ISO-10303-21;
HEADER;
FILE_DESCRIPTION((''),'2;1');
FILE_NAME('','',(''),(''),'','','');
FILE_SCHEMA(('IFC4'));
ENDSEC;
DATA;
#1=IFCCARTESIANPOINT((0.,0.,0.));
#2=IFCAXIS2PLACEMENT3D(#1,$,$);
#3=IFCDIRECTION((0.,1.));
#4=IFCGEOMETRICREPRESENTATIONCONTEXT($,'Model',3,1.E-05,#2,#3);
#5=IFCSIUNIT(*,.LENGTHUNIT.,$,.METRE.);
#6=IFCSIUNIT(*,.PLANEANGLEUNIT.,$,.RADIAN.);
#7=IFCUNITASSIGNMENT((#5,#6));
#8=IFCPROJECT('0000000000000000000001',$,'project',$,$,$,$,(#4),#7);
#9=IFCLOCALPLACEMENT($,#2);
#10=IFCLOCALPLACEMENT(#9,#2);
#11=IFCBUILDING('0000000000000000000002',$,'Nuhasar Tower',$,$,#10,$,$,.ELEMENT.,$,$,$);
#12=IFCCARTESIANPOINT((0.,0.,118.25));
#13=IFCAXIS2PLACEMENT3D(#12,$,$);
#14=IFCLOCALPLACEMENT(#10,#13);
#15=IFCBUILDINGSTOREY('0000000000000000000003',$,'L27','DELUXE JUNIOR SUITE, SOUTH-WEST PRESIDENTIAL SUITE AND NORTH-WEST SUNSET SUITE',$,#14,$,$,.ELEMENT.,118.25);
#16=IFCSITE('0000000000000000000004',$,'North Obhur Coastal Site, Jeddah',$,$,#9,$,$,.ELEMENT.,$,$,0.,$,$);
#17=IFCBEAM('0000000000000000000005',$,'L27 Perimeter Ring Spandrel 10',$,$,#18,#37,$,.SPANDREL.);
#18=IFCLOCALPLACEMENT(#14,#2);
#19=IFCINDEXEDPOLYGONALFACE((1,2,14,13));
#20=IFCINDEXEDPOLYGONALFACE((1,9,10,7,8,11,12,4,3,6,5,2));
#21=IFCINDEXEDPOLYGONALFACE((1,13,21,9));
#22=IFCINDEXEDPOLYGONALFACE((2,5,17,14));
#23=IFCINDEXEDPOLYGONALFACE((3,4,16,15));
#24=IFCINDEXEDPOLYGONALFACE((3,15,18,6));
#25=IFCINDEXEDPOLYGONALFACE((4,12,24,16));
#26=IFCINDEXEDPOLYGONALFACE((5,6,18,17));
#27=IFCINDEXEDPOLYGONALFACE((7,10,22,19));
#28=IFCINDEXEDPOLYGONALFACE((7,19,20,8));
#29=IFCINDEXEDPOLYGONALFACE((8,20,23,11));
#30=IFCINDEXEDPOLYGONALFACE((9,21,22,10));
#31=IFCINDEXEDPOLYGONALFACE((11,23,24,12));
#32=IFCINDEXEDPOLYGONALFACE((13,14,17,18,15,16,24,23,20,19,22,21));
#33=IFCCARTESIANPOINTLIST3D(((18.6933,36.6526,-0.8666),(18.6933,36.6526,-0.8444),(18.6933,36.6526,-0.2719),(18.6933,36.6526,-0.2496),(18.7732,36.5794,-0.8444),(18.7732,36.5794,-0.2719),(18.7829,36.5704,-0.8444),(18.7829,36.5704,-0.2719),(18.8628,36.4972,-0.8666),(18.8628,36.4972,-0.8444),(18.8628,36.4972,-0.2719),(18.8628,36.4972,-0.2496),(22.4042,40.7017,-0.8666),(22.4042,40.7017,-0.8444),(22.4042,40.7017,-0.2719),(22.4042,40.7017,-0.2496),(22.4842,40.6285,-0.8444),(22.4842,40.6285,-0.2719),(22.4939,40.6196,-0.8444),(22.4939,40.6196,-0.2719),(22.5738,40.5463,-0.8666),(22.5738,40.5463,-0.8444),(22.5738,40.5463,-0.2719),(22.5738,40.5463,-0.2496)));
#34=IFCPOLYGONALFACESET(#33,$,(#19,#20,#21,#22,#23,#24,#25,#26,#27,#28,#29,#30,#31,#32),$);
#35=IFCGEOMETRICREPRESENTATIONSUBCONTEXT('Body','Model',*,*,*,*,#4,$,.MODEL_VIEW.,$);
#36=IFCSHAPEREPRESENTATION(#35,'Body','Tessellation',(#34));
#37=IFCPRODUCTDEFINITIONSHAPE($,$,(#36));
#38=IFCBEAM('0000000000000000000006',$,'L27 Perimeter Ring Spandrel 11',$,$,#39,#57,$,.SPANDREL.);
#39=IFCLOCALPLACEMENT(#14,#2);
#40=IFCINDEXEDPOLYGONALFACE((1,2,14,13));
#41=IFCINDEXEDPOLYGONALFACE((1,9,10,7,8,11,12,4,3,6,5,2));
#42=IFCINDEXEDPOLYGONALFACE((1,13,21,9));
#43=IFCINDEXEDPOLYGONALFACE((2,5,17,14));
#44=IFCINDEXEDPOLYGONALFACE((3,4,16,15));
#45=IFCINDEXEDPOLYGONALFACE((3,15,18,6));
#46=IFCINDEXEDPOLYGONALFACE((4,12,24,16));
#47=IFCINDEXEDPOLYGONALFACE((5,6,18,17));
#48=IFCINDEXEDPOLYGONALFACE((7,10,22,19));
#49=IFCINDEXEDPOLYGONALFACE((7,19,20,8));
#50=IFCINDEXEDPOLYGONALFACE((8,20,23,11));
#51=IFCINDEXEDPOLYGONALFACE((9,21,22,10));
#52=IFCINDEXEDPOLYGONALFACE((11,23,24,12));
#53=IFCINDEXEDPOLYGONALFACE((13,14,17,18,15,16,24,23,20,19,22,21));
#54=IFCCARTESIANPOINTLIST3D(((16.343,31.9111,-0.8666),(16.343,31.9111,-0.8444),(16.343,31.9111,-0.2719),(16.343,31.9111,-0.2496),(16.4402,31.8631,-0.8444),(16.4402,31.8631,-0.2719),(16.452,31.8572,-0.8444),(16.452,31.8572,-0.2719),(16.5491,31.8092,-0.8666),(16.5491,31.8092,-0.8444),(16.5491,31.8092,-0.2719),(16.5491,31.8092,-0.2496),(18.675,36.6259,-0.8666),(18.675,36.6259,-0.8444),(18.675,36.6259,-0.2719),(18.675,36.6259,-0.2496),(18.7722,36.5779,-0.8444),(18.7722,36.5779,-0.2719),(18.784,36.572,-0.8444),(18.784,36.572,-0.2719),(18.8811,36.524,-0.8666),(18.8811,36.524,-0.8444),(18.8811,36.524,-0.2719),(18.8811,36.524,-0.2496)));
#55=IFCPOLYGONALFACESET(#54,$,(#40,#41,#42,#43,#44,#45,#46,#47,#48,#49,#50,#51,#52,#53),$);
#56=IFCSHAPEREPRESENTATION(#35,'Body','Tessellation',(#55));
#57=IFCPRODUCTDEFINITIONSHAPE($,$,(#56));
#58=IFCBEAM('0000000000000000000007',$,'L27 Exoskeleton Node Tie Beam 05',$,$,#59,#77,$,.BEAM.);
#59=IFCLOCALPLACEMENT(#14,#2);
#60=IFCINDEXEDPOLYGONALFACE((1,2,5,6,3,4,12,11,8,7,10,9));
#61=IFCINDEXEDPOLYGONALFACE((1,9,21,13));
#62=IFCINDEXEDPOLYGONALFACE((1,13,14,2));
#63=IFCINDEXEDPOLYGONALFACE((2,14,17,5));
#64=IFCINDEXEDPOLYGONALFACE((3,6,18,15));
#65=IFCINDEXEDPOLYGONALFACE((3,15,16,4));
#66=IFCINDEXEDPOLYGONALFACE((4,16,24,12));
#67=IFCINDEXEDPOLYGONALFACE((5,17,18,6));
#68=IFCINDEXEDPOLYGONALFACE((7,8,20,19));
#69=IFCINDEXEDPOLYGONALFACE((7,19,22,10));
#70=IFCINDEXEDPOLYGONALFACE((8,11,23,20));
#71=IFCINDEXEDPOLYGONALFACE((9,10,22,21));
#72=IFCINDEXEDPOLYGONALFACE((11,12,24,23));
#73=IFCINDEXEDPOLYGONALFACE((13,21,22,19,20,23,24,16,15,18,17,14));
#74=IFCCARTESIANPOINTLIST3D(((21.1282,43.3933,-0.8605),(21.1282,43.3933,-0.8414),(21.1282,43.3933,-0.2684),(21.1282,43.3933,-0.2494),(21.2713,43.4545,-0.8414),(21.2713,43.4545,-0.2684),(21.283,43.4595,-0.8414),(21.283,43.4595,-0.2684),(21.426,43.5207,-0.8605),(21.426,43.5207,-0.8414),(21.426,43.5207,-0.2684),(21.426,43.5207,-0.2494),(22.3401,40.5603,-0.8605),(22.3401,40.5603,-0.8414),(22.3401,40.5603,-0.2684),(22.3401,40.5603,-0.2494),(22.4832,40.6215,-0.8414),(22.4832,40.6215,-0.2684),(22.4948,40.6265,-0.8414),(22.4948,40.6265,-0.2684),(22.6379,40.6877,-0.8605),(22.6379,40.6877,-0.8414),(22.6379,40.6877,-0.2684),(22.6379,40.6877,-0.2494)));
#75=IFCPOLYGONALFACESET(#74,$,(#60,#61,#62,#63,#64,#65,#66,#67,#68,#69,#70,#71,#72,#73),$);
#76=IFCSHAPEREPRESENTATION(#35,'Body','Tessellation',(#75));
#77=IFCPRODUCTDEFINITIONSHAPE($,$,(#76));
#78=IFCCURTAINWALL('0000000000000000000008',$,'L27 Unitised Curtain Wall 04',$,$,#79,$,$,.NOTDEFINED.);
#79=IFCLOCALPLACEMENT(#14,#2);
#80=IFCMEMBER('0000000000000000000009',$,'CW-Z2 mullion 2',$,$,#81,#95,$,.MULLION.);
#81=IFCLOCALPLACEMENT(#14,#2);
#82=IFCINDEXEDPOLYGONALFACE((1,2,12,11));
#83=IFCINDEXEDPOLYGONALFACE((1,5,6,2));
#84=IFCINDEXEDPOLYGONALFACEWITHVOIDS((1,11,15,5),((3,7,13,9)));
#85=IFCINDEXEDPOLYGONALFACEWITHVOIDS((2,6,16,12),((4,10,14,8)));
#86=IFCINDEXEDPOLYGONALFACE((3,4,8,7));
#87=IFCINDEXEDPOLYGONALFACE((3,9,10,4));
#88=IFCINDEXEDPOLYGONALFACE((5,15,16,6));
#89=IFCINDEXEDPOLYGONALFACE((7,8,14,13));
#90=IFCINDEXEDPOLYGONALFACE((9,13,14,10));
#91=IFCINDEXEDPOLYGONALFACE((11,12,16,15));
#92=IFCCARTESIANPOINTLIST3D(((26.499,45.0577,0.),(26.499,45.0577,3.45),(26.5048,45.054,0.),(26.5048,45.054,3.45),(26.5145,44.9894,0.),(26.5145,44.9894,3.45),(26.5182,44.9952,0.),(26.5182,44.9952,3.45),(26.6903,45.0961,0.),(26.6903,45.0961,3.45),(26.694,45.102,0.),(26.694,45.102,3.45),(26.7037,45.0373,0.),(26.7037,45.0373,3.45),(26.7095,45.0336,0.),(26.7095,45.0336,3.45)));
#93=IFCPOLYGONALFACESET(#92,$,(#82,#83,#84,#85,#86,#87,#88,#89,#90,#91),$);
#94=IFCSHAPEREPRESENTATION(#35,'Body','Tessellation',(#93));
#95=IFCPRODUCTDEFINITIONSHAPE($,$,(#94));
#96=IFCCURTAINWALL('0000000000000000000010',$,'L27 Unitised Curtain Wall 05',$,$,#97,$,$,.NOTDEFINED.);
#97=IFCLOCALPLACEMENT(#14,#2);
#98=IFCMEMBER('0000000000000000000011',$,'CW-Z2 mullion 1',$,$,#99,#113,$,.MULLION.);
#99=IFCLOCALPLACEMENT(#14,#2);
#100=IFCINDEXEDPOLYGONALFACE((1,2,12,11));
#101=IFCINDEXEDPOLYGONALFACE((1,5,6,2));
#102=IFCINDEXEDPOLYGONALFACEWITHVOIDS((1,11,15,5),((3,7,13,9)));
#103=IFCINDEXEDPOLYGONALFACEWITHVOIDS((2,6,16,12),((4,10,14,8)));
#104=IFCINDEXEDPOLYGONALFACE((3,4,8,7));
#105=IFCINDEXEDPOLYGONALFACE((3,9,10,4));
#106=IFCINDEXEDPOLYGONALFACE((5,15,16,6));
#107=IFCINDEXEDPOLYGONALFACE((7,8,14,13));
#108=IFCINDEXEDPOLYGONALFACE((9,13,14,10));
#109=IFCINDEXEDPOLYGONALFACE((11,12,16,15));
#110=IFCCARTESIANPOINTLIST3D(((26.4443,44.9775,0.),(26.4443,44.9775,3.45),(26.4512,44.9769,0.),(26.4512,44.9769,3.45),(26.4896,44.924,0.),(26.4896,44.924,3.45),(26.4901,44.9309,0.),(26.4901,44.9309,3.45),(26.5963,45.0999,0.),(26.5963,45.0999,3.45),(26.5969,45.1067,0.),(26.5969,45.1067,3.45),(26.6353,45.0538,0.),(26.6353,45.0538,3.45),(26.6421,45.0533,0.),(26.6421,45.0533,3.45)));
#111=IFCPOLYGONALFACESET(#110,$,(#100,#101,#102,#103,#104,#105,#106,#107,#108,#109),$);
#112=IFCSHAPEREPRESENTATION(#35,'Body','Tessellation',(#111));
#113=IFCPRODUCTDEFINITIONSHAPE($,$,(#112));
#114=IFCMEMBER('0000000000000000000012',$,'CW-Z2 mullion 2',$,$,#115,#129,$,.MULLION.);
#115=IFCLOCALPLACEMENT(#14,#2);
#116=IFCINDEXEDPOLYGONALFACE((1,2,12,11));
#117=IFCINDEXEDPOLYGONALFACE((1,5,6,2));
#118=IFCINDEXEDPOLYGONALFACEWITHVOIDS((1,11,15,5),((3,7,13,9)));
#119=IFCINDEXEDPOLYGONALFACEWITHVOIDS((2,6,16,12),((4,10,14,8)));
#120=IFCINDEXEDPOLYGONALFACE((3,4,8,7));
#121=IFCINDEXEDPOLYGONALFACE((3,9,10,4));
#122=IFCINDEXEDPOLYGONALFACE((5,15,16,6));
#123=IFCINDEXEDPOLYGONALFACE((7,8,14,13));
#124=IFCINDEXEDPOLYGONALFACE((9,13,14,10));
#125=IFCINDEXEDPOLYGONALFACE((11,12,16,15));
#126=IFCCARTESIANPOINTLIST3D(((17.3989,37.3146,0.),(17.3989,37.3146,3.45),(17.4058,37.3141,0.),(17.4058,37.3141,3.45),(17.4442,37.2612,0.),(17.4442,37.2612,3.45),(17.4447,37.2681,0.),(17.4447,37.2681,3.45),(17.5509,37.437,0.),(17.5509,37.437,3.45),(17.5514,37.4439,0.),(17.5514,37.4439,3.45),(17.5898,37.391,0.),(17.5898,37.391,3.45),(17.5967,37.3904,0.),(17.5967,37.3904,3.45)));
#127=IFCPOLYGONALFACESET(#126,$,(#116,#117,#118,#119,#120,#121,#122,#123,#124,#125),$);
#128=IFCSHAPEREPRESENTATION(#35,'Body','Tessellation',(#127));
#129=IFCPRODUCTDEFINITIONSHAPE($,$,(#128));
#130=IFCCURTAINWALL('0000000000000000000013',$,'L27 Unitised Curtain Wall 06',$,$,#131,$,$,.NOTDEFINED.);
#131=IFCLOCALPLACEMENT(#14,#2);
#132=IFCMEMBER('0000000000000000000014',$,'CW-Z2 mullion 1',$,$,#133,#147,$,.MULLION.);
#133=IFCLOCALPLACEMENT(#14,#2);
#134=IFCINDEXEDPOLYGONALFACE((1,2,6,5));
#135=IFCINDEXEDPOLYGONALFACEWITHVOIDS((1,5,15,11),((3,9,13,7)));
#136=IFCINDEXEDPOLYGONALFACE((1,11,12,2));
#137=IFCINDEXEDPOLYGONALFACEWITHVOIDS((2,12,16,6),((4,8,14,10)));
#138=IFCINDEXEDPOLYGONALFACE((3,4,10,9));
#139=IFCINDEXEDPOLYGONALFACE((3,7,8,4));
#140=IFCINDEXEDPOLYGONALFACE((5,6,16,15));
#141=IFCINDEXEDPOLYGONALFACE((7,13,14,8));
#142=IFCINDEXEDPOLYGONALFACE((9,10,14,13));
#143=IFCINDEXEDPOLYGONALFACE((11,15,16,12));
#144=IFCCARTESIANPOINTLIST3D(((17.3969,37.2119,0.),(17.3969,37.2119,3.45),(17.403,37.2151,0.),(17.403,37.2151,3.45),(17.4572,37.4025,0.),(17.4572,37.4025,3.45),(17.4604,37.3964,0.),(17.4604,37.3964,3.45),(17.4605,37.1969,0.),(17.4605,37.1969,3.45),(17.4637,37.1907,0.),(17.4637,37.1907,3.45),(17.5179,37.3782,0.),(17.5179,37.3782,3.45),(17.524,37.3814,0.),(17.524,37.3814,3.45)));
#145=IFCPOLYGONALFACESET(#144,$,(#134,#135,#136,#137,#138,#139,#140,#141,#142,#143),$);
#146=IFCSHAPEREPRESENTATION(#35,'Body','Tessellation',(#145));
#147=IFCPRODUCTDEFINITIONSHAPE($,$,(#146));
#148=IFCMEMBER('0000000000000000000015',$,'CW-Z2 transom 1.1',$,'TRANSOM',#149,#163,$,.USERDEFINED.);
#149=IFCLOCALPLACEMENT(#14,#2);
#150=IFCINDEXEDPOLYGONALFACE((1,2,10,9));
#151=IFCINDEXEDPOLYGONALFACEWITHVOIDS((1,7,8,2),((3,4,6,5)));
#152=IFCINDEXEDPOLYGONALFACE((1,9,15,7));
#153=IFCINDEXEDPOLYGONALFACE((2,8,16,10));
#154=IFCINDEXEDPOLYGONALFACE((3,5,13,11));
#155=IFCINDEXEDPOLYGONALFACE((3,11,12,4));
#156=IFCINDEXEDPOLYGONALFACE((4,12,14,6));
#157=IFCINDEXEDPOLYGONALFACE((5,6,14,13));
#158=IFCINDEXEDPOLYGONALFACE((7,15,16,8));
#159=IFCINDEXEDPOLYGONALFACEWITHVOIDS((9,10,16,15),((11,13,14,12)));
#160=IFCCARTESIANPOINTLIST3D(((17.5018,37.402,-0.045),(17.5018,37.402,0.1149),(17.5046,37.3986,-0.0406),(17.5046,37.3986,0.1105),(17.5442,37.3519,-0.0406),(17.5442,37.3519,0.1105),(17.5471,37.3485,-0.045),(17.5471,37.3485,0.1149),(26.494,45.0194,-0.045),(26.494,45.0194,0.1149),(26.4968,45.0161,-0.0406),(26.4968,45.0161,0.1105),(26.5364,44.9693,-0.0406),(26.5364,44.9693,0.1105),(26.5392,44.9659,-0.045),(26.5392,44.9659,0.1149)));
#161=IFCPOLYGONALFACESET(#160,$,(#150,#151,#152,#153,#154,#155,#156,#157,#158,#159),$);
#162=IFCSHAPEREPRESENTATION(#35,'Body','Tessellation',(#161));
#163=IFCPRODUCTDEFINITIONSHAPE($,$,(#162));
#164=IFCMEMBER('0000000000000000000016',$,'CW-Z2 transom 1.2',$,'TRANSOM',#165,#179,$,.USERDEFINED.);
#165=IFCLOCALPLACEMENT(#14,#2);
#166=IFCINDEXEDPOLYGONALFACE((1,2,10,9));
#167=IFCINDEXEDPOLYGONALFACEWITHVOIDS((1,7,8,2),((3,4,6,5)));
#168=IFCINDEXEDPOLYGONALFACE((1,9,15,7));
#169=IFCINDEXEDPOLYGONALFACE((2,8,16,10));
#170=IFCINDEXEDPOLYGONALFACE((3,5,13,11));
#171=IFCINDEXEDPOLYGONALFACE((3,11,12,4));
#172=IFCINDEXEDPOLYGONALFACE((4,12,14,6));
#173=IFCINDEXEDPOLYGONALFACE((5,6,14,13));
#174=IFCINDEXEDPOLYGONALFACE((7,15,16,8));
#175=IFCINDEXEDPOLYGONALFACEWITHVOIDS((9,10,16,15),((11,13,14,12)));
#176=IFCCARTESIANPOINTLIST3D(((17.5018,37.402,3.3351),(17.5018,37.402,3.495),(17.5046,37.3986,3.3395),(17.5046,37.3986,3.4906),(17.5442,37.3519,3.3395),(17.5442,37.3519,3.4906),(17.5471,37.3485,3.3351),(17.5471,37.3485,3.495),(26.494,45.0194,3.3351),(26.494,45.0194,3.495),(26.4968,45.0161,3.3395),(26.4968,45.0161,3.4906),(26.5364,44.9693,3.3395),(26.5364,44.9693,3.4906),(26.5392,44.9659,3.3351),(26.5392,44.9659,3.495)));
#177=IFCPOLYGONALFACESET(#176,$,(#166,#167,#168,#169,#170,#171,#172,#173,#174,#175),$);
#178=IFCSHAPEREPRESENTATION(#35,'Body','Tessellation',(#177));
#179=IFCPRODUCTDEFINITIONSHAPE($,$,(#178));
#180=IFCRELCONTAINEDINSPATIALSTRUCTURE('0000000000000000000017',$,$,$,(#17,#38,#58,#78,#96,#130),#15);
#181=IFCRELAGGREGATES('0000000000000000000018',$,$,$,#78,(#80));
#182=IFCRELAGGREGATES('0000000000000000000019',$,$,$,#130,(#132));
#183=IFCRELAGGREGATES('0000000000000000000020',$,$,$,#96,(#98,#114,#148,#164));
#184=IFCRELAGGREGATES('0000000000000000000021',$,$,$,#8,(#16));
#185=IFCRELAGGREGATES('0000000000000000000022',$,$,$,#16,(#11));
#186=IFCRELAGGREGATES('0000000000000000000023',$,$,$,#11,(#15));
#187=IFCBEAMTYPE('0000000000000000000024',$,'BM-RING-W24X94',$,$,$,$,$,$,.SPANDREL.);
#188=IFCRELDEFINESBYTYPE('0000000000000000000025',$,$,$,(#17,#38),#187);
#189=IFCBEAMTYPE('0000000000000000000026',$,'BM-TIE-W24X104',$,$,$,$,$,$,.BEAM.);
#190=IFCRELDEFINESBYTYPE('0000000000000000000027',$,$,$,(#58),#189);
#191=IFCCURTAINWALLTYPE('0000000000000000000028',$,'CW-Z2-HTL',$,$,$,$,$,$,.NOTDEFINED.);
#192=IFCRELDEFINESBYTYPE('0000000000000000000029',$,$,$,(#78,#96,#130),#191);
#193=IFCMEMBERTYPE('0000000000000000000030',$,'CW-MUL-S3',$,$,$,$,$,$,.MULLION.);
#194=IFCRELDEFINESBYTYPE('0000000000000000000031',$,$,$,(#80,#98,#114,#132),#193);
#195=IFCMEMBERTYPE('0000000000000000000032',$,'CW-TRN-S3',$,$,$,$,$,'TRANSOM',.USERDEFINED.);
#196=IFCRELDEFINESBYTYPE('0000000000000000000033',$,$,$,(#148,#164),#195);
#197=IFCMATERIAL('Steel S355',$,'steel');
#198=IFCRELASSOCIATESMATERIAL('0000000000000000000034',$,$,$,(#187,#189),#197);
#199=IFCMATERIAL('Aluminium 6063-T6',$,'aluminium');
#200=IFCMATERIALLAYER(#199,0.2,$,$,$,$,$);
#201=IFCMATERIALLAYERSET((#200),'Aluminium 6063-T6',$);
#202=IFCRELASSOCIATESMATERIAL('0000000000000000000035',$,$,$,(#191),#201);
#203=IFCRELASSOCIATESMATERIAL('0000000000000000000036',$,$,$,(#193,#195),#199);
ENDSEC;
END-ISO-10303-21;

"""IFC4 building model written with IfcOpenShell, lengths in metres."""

from ifc_helpers import new_model, si_unit, direction, frame, origin, origin_2d, place, context, subcontext, project, spatial, hollow_rectangle, i_section, extrude, material, layer, layer_set, material_profile, profile_set, type_object, element, aggregate, save


model = new_model("IFC4")

# Units and contexts
model_context = context("Model", 3, precision=1e-05, world=origin(), true_north=direction((0.0, 1.0)))
body_context = subcontext(model_context, "Body", "Model", "MODEL_VIEW")
ifc_project = project(units=[si_unit("LENGTHUNIT", "METRE"), si_unit("PLANEANGLEUNIT", "RADIAN")], contexts=[model_context])

# Site, building, storey
site_placement = place(None, origin())
site = spatial("IfcSite", under=ifc_project, at=site_placement, Name="North Obhur Coastal Site, Jeddah", CompositionType="ELEMENT", RefElevation=0.0)
building_placement = place(site_placement, origin())
building = spatial("IfcBuilding", under=site, at=building_placement, Name="Nuhasar Tower", CompositionType="ELEMENT")
storey_placement = place(building_placement, frame((0.0, 0.0, 118.25)))
storey = spatial("IfcBuildingStorey", under=building, at=storey_placement, Name="L27", Description="DELUXE JUNIOR SUITE, SOUTH-WEST PRESIDENTIAL SUITE AND NORTH-WEST SUNSET SUITE", CompositionType="ELEMENT", Elevation=118.25)

# Beams
ifc_material_1 = material(Name="Steel S355", Category="steel")
ifc_material_profile_1 = material_profile(ifc_material_1, i_section(OverallWidth=0.23, OverallDepth=0.6169, WebThickness=0.0132, FlangeThickness=0.0222, at=origin_2d()), Name="W24X94")
ifc_profile_set_1 = profile_set([ifc_material_profile_1], Name="Steel S355")
beam_type_1 = type_object("IfcBeamType", Name="BM-RING-W24X94", PredefinedType="SPANDREL", material=ifc_profile_set_1)
beam_1_placement = place(storey_placement, frame((22.489, 40.624, -0.5581), z_axis=(-0.675654, -0.737219, 0.0), x_axis=(0.737219, -0.675654, 0.0)))
element("IfcBeam", 1, at=beam_1_placement, inside=storey, type_object=beam_type_1, Name="L27 Perimeter Ring Spandrel 10", PredefinedType="SPANDREL", context=body_context, shape_type="SweptSolid", body=[
    extrude(i_section(OverallWidth=0.23, OverallDepth=0.6169, WebThickness=0.0132, FlangeThickness=0.0222, at=origin_2d()), origin(), (0.0, 0.0, 1.0), 5.4924),
])
beam_2_placement = place(storey_placement, frame((18.7781, 36.575, -0.5581), z_axis=(-0.443348, -0.89635, 0.0), x_axis=(0.89635, -0.443348, 0.0)))
element("IfcBeam", 2, at=beam_2_placement, inside=storey, type_object=beam_type_1, Name="L27 Perimeter Ring Spandrel 11", PredefinedType="SPANDREL", context=body_context, shape_type="SweptSolid", body=[
    extrude(i_section(OverallWidth=0.23, OverallDepth=0.6169, WebThickness=0.0132, FlangeThickness=0.0222, at=origin_2d()), origin(), (0.0, 0.0, 1.0), 5.26),
])
ifc_material_profile_2 = material_profile(ifc_material_1, i_section(OverallWidth=0.324, OverallDepth=0.6111, WebThickness=0.0127, FlangeThickness=0.019, at=origin_2d()), Name="W24X104")
ifc_profile_set_2 = profile_set([ifc_material_profile_2], Name="Steel S355")
beam_type_2 = type_object("IfcBeamType", Name="BM-TIE-W24X104", PredefinedType="BEAM", material=ifc_profile_set_2)
beam_3_placement = place(storey_placement, frame((22.489, 40.624, -0.5549), z_axis=(-0.393307, 0.919407, 0.0), x_axis=(-0.919407, -0.393307, 0.0)))
element("IfcBeam", 3, at=beam_3_placement, inside=storey, type_object=beam_type_2, Name="L27 Exoskeleton Node Tie Beam 05", PredefinedType="BEAM", context=body_context, shape_type="SweptSolid", body=[
    extrude(i_section(OverallWidth=0.324, OverallDepth=0.6111, WebThickness=0.0127, FlangeThickness=0.019, at=origin_2d()), origin(), (0.0, 0.0, 1.0), 3.0813),
])

# Curtain wall, member
ifc_material_2 = material(Name="Aluminium 6063-T6", Category="aluminium")
ifc_layer_1 = layer(ifc_material_2, 0.2)
ifc_layer_set_1 = layer_set([ifc_layer_1], Name="Aluminium 6063-T6")
curtain_wall_type = type_object("IfcCurtainWallType", Name="CW-Z2-HTL", PredefinedType="NOTDEFINED", material=ifc_layer_set_1)
curtain_wall_1_placement = place(storey_placement, origin())
curtain_wall_1 = element("IfcCurtainWall", 4, at=curtain_wall_1_placement, inside=storey, type_object=curtain_wall_type, Name="L27 Unitised Curtain Wall 04", PredefinedType="NOTDEFINED")
ifc_material_profile_3 = material_profile(ifc_material_2, hollow_rectangle(XDim=0.0701, YDim=0.2, WallThickness=0.0049, at=origin_2d()), Name="CWM-3")
ifc_profile_set_3 = profile_set([ifc_material_profile_3], Name="Aluminium 6063-T6")
member_type_1 = type_object("IfcMemberType", Name="CW-MUL-S3", PredefinedType="MULLION", material=ifc_profile_set_3)
member_1_placement = place(storey_placement, frame((26.6042, 45.0457, 0.0), z_axis=(0.0, 0.0, 1.0), x_axis=(0.221397, -0.975184, 0.0)))
member_1 = element("IfcMember", 5, at=member_1_placement, type_object=member_type_1, Name="CW-Z2 mullion 2", PredefinedType="MULLION", context=body_context, shape_type="SweptSolid", body=[
    extrude(hollow_rectangle(XDim=0.0701, YDim=0.2, WallThickness=0.0049, at=origin_2d()), origin(), (0.0, 0.0, 1.0), 3.45),
])
aggregate(curtain_wall_1, [member_1])

# Curtain wall, members
curtain_wall_2_placement = place(storey_placement, origin())
curtain_wall_2 = element("IfcCurtainWall", 6, at=curtain_wall_2_placement, inside=storey, type_object=curtain_wall_type, Name="L27 Unitised Curtain Wall 05", PredefinedType="NOTDEFINED")
member_2_placement = place(storey_placement, frame((26.5432, 45.0154, 0.0), z_axis=(0.0, 0.0, 1.0), x_axis=(0.646374, -0.76302, 0.0)))
member_2 = element("IfcMember", 7, at=member_2_placement, type_object=member_type_1, Name="CW-Z2 mullion 1", PredefinedType="MULLION", context=body_context, shape_type="SweptSolid", body=[
    extrude(hollow_rectangle(XDim=0.0701, YDim=0.2, WallThickness=0.0049, at=origin_2d()), origin(), (0.0, 0.0, 1.0), 3.45),
])
member_3_placement = place(storey_placement, frame((17.4978, 37.3525, 0.0), z_axis=(0.0, 0.0, 1.0), x_axis=(0.646374, -0.76302, 0.0)))
member_3 = element("IfcMember", 8, at=member_3_placement, type_object=member_type_1, Name="CW-Z2 mullion 2", PredefinedType="MULLION", context=body_context, shape_type="SweptSolid", body=[
    extrude(hollow_rectangle(XDim=0.0701, YDim=0.2, WallThickness=0.0049, at=origin_2d()), origin(), (0.0, 0.0, 1.0), 3.45),
])

# Curtain wall, member
curtain_wall_3_placement = place(storey_placement, origin())
curtain_wall_3 = element("IfcCurtainWall", 9, at=curtain_wall_3_placement, inside=storey, type_object=curtain_wall_type, Name="L27 Unitised Curtain Wall 06", PredefinedType="NOTDEFINED")
member_4_placement = place(storey_placement, frame((17.4604, 37.2966, 0.0), z_axis=(0.0, 0.0, 1.0), x_axis=(0.953433, -0.301604, 0.0)))
member_4 = element("IfcMember", 10, at=member_4_placement, type_object=member_type_1, Name="CW-Z2 mullion 1", PredefinedType="MULLION", context=body_context, shape_type="SweptSolid", body=[
    extrude(hollow_rectangle(XDim=0.0701, YDim=0.2, WallThickness=0.0049, at=origin_2d()), origin(), (0.0, 0.0, 1.0), 3.45),
])

# Members
ifc_material_profile_4 = material_profile(ifc_material_2, hollow_rectangle(XDim=0.0701, YDim=0.1599, WallThickness=0.0044, at=origin_2d()), Name="CWT-3")
ifc_profile_set_4 = profile_set([ifc_material_profile_4], Name="Aluminium 6063-T6")
member_type_2 = type_object("IfcMemberType", Name="CW-TRN-S3", ElementType="TRANSOM", PredefinedType="USERDEFINED", material=ifc_profile_set_4)
member_5_placement = place(storey_placement, frame((26.5166, 44.9927, 0.0349), z_axis=(-0.763024, -0.64637, 0.0), x_axis=(0.64637, -0.763024, 0.0)))
member_5 = element("IfcMember", 11, at=member_5_placement, type_object=member_type_2, Name="CW-Z2 transom 1.1", ObjectType="TRANSOM", PredefinedType="USERDEFINED", context=body_context, shape_type="SweptSolid", body=[
    extrude(hollow_rectangle(XDim=0.0701, YDim=0.1599, WallThickness=0.0044, at=origin_2d()), origin(), (0.0, 0.0, 1.0), 11.7849),
])
member_6_placement = place(storey_placement, frame((26.5166, 44.9927, 3.415), z_axis=(-0.763024, -0.64637, 0.0), x_axis=(0.64637, -0.763024, 0.0)))
member_6 = element("IfcMember", 12, at=member_6_placement, type_object=member_type_2, Name="CW-Z2 transom 1.2", ObjectType="TRANSOM", PredefinedType="USERDEFINED", context=body_context, shape_type="SweptSolid", body=[
    extrude(hollow_rectangle(XDim=0.0701, YDim=0.1599, WallThickness=0.0044, at=origin_2d()), origin(), (0.0, 0.0, 1.0), 11.7849),
])
aggregate(curtain_wall_3, [member_4])

aggregate(curtain_wall_2, [member_2, member_3, member_5, member_6])

save(model, "model.ifc")
